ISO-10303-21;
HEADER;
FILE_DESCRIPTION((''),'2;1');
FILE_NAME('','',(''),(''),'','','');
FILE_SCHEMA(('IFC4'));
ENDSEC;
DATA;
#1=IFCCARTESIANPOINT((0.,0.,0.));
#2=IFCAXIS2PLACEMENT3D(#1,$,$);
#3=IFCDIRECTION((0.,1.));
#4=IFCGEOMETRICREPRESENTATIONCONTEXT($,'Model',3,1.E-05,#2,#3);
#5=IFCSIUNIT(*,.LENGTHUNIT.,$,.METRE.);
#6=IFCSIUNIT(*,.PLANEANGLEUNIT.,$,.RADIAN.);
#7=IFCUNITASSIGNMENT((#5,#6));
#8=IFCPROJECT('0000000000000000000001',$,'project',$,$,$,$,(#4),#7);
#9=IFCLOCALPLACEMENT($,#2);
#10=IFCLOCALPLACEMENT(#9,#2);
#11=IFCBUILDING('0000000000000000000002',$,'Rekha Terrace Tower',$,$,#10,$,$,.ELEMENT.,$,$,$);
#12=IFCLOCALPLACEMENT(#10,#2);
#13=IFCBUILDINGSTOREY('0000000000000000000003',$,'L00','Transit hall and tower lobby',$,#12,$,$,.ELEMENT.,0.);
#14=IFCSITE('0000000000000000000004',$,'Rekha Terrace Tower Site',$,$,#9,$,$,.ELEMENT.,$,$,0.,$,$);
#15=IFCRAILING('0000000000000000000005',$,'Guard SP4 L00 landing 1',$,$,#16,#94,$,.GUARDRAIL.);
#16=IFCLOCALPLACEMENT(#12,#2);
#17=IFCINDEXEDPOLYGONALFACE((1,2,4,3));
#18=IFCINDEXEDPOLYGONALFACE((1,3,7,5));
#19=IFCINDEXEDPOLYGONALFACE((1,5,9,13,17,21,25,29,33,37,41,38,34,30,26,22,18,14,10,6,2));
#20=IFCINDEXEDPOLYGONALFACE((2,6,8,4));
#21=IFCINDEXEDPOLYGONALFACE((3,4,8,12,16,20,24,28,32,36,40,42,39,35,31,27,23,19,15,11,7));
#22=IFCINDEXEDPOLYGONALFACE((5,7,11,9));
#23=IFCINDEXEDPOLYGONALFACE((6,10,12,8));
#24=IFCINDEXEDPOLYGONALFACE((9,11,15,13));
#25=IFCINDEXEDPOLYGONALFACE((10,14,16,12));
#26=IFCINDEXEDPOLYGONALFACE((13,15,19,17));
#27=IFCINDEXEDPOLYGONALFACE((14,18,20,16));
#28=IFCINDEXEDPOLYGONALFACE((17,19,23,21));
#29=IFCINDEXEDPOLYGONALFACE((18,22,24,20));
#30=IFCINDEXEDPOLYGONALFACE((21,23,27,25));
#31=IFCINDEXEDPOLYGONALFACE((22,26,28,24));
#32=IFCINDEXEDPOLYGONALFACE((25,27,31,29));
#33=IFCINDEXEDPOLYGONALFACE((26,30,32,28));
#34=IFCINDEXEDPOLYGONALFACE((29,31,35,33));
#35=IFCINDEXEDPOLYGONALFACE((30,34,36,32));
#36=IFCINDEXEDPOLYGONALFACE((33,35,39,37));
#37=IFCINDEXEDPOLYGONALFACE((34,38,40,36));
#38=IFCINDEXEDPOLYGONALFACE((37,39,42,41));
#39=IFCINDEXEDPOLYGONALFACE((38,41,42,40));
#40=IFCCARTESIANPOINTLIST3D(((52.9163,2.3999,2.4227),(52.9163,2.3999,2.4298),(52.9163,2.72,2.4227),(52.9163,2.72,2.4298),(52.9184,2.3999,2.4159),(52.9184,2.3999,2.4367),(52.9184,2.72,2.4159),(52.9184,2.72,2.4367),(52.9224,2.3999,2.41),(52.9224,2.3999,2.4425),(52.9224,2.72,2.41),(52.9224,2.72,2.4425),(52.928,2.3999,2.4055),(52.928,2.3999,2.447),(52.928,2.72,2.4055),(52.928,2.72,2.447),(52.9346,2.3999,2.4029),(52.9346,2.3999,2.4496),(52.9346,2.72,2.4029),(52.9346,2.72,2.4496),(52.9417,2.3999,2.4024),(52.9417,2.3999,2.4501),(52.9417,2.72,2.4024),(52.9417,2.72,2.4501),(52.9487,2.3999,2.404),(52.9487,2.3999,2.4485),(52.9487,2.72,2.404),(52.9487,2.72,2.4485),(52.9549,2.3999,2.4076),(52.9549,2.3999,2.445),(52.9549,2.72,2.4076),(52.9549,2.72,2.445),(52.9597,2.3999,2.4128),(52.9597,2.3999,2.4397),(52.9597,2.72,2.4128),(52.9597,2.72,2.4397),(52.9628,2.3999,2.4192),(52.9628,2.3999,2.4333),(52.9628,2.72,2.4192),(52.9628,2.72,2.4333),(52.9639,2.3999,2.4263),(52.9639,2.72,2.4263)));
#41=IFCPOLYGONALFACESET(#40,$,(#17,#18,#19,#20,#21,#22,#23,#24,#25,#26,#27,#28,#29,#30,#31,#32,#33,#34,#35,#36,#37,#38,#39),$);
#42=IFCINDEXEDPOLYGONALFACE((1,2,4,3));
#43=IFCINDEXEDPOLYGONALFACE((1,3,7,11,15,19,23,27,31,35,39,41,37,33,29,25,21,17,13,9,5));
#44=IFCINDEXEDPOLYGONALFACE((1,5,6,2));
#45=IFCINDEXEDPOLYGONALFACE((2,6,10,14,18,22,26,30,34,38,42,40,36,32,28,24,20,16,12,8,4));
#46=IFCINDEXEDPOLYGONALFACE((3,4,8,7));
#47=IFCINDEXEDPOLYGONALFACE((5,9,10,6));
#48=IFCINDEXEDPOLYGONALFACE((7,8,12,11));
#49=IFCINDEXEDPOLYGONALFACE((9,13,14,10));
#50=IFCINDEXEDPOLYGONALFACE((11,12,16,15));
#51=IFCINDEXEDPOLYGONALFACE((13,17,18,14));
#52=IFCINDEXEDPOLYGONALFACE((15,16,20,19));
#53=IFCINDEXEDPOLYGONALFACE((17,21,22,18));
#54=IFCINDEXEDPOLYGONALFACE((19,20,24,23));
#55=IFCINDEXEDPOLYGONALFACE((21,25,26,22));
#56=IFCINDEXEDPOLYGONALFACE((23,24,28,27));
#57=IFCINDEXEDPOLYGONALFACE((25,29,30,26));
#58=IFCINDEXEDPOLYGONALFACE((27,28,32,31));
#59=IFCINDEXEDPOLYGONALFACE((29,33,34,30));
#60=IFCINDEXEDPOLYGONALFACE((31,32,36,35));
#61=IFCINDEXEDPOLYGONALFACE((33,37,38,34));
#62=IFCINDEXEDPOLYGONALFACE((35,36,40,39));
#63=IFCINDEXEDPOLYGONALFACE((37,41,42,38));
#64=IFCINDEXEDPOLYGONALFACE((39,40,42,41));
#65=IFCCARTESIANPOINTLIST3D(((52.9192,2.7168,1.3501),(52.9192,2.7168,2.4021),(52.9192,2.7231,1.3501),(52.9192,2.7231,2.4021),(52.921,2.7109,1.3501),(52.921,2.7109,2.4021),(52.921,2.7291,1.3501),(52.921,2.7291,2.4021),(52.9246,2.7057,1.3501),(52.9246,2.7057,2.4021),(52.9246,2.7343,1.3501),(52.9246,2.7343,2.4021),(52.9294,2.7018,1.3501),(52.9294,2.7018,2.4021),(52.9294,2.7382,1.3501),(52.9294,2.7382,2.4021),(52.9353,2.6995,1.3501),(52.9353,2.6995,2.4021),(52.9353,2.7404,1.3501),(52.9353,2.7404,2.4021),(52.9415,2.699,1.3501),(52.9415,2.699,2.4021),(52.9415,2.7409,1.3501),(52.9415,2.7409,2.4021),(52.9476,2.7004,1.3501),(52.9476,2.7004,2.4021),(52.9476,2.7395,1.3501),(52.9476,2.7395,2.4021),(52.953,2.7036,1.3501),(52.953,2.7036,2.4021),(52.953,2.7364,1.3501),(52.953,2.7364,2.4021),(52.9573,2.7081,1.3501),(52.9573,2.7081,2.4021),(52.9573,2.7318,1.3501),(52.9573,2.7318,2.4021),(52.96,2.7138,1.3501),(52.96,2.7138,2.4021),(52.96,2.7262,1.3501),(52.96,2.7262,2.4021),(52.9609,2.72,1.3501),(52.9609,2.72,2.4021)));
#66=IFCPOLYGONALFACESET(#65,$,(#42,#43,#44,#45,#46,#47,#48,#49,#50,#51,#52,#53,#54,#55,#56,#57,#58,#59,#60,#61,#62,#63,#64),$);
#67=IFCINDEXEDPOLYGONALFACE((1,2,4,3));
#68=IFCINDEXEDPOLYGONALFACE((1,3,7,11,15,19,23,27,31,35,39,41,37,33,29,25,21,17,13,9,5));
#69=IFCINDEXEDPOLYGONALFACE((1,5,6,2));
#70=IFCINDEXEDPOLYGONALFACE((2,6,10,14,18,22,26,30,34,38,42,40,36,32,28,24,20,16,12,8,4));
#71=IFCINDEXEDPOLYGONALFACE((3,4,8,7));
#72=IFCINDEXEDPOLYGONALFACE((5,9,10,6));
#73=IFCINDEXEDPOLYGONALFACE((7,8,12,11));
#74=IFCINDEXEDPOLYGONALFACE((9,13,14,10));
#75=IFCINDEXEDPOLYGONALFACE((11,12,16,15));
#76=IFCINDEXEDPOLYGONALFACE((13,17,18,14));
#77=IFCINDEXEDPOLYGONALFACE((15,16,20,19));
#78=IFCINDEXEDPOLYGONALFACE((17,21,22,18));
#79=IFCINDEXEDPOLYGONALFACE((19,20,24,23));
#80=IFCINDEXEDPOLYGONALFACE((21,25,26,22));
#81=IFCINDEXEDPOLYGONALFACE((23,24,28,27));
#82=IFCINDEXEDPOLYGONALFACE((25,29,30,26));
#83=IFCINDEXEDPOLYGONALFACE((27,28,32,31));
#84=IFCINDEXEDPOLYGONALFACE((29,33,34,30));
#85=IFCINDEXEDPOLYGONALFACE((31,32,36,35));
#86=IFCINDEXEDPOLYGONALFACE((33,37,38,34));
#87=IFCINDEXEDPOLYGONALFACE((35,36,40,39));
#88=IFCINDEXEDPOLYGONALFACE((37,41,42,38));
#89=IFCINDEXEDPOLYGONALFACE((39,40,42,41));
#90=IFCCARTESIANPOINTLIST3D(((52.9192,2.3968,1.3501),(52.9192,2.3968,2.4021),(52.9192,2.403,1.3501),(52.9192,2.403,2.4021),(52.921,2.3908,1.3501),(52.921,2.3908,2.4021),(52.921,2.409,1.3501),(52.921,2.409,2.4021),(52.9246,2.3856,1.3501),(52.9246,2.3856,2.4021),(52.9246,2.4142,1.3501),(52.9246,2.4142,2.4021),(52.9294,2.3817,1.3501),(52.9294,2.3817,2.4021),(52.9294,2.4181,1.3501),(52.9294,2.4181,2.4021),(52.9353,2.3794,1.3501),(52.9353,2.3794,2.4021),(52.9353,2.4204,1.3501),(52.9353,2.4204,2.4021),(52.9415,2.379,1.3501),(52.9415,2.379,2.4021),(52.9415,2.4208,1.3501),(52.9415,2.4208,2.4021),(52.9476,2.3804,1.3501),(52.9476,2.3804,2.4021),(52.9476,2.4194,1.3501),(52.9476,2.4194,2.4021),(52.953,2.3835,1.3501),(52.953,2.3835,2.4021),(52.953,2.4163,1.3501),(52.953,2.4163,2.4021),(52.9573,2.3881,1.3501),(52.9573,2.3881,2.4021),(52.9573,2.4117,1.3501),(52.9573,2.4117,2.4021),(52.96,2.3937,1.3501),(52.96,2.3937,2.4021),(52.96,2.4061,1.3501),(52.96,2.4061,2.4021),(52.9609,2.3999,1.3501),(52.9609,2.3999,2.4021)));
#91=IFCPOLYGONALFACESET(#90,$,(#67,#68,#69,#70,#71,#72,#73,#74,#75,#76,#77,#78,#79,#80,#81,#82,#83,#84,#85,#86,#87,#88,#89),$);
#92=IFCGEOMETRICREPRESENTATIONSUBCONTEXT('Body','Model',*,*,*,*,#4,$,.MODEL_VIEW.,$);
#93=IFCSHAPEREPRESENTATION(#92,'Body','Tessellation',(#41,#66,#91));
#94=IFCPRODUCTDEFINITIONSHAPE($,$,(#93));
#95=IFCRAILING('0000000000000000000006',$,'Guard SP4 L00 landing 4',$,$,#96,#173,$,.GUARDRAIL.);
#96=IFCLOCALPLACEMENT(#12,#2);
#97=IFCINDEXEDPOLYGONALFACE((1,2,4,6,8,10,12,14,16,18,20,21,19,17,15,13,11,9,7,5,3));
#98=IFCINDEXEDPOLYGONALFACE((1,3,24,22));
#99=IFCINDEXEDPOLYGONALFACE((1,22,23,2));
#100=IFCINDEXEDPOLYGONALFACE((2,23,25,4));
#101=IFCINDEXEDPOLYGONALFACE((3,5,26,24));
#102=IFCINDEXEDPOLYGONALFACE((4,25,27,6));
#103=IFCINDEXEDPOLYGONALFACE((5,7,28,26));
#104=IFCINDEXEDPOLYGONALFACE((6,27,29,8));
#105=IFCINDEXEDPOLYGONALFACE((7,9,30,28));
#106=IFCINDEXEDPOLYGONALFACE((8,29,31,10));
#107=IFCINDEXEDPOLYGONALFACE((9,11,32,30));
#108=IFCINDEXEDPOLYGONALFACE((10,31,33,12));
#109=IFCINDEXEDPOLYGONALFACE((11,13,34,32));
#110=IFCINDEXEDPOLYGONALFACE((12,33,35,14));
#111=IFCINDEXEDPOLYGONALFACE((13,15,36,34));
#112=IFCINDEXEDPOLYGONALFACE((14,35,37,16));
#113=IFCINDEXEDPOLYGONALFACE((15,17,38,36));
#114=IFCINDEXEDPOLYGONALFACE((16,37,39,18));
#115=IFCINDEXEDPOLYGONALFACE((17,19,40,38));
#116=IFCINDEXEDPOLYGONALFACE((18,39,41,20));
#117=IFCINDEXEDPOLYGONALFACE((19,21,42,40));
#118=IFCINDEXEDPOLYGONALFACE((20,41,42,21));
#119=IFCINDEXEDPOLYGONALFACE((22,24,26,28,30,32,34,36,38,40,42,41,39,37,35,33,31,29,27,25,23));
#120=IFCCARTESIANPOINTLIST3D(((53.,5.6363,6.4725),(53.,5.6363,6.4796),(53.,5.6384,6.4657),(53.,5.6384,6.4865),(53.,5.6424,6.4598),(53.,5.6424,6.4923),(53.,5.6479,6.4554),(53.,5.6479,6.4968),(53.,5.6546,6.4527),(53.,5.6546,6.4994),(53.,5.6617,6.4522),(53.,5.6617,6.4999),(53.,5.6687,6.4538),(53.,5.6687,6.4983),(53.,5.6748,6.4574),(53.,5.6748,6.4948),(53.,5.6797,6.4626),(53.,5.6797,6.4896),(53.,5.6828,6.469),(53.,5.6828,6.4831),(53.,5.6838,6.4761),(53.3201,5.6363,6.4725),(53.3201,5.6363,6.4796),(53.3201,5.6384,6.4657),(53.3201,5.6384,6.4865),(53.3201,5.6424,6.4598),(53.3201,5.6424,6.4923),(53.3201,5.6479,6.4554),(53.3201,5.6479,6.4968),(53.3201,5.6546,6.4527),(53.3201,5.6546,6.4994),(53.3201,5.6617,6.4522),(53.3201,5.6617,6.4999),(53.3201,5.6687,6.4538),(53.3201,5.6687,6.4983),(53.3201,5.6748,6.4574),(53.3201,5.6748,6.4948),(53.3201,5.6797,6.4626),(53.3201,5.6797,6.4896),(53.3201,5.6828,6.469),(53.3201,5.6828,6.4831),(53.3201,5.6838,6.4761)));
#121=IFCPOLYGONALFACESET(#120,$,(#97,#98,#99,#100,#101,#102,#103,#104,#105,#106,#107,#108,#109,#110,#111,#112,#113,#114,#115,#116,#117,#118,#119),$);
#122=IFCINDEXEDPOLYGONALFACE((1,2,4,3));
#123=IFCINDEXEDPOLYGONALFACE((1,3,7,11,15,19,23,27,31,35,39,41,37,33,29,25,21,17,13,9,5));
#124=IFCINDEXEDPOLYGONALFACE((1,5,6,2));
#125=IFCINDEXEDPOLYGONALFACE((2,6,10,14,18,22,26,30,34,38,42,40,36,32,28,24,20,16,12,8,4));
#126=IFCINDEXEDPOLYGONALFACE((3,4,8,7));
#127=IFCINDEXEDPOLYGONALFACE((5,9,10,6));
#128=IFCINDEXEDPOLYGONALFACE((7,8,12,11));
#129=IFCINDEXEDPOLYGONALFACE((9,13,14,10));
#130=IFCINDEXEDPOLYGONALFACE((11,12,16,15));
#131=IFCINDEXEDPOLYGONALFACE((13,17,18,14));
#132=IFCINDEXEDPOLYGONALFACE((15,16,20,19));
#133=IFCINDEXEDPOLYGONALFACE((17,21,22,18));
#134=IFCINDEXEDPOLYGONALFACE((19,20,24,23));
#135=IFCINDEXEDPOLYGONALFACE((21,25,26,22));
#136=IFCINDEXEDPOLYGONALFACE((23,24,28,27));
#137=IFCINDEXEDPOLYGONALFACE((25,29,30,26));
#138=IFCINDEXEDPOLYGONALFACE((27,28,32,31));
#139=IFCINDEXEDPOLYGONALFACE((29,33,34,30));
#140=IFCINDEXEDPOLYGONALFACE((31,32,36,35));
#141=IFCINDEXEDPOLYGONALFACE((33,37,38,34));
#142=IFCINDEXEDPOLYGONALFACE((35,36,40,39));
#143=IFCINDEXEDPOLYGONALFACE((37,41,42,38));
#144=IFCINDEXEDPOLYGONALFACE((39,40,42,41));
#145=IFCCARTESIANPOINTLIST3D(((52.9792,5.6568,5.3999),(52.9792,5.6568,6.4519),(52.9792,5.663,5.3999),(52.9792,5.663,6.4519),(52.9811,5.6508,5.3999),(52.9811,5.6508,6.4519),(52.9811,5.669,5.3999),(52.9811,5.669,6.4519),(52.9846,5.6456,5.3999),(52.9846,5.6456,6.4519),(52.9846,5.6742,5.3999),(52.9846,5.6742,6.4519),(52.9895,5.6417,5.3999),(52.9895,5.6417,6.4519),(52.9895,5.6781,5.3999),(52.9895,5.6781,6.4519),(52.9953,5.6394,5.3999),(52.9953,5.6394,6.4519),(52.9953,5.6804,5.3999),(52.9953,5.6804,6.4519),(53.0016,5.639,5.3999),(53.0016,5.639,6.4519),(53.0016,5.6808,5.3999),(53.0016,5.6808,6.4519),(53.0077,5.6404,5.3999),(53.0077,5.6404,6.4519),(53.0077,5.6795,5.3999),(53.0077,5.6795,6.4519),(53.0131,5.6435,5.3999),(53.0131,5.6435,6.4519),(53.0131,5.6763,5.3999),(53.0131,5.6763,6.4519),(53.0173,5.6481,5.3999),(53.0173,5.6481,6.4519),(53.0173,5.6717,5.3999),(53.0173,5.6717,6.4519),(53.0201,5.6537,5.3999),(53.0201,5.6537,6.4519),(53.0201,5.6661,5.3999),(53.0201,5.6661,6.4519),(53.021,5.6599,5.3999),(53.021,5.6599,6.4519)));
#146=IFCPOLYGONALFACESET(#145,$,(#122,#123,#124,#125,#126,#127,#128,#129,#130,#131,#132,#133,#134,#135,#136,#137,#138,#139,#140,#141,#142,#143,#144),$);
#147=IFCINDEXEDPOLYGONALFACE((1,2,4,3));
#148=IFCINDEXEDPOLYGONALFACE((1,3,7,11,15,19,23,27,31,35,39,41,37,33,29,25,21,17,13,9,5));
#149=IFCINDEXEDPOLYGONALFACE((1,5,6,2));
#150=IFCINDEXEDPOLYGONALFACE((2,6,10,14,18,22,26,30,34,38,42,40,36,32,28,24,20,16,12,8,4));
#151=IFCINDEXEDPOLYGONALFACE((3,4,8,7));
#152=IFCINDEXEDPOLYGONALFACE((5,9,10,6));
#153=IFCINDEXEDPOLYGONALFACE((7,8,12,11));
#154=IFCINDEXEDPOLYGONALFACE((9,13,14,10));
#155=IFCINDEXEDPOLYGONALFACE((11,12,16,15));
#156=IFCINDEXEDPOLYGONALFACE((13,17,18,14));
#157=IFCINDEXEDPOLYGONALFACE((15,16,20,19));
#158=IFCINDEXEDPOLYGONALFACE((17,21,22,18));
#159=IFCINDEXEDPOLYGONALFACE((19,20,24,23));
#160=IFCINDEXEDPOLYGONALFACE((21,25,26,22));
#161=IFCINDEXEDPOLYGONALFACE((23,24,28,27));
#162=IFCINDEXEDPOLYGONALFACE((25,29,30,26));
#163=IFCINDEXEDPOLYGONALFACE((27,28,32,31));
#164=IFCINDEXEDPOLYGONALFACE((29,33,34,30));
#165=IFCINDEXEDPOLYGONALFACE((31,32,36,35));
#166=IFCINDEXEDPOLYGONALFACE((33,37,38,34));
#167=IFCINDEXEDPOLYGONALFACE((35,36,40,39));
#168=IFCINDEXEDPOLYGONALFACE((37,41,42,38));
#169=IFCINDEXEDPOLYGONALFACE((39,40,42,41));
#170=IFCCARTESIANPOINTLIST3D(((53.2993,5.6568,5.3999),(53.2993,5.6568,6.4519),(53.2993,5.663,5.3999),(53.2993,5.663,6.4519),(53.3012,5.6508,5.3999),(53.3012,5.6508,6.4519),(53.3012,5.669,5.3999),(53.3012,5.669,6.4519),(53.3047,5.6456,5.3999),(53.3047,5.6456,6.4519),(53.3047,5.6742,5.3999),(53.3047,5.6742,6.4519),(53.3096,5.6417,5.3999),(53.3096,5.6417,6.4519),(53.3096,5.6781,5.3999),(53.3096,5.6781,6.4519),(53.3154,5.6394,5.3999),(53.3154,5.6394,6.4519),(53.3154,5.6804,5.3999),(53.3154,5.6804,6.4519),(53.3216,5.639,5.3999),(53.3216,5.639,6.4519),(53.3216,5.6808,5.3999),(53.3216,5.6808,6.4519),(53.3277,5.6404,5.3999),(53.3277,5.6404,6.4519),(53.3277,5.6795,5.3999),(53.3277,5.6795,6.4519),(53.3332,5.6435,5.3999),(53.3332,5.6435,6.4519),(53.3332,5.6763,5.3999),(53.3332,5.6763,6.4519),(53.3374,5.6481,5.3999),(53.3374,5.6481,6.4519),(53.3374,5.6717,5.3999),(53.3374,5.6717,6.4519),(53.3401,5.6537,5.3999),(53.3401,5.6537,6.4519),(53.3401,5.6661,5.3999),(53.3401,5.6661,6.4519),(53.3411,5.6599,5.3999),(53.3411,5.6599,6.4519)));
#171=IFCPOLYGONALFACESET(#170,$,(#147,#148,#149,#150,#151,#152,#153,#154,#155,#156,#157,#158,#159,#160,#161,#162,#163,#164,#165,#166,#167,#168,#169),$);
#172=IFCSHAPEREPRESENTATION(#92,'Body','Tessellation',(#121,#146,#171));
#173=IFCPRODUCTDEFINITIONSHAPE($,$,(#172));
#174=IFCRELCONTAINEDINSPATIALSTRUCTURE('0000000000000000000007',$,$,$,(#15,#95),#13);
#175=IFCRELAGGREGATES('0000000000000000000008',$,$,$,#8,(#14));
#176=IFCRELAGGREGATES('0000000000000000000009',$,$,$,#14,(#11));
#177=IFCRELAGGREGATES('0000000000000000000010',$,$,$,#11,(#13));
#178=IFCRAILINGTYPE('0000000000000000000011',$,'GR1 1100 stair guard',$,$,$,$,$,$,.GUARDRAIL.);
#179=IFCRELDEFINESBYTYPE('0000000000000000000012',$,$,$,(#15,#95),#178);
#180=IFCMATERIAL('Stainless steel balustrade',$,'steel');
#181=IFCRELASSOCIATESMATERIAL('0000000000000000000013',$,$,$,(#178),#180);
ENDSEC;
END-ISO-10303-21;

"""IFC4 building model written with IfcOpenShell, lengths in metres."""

from ifc_helpers import new_model, si_unit, direction, frame, origin, origin_2d, place, context, subcontext, project, spatial, circle, extrude, material, type_object, element, save


model = new_model("IFC4")

# Units and contexts
model_context = context("Model", 3, precision=1e-05, world=origin(), true_north=direction((0.0, 1.0)))
body_context = subcontext(model_context, "Body", "Model", "MODEL_VIEW")
ifc_project = project(units=[si_unit("LENGTHUNIT", "METRE"), si_unit("PLANEANGLEUNIT", "RADIAN")], contexts=[model_context])

# Site, building, storey
site_placement = place(None, origin())
site = spatial("IfcSite", under=ifc_project, at=site_placement, Name="Rekha Terrace Tower Site", CompositionType="ELEMENT", RefElevation=0.0)
building_placement = place(site_placement, origin())
building = spatial("IfcBuilding", under=site, at=building_placement, Name="Rekha Terrace Tower", CompositionType="ELEMENT")
storey_placement = place(building_placement, origin())
storey = spatial("IfcBuildingStorey", under=building, at=storey_placement, Name="L00", Description="Transit hall and tower lobby", CompositionType="ELEMENT", Elevation=0.0)

# Railings
ifc_material_1 = material(Name="Stainless steel balustrade", Category="steel")
railing_type_1 = type_object("IfcRailingType", Name="GR1 1100 stair guard", PredefinedType="GUARDRAIL", material=ifc_material_1)
railing_1_placement = place(storey_placement, frame((52.9399, 2.72, 1.3501)))
element("IfcRailing", 1, at=railing_1_placement, inside=storey, type_object=railing_type_1, Name="Guard SP4 L00 landing 1", PredefinedType="GUARDRAIL", context=body_context, shape_type="SweptSolid", body=[
    extrude(circle(Radius=0.0239, at=origin_2d()), frame((0.0, 0.0, 1.0762), z_axis=(0.0, -1.0, 0.0), x_axis=(1.0, 0.0, 0.0)), (0.0, 0.0, 1.0), 0.3201),
    extrude(circle(Radius=0.021, at=origin_2d()), origin(), (0.0, 0.0, 1.0), 1.052),
    extrude(circle(Radius=0.021, at=origin_2d()), frame((0.0, -0.3201, 0.0)), (0.0, 0.0, 1.0), 1.052),
])
railing_2_placement = place(storey_placement, frame((53.0, 5.6599, 5.3999)))
element("IfcRailing", 2, at=railing_2_placement, inside=storey, type_object=railing_type_1, Name="Guard SP4 L00 landing 4", PredefinedType="GUARDRAIL", context=body_context, shape_type="SweptSolid", body=[
    extrude(circle(Radius=0.0239, at=origin_2d()), frame((0.0, 0.0, 1.0762), z_axis=(1.0, 0.0, 0.0), x_axis=(0.0, 1.0, 0.0)), (0.0, 0.0, 1.0), 0.3201),
    extrude(circle(Radius=0.021, at=origin_2d()), origin(), (0.0, 0.0, 1.0), 1.052),
    extrude(circle(Radius=0.021, at=origin_2d()), frame((0.3201, 0.0, 0.0)), (0.0, 0.0, 1.0), 1.052),
])

save(model, "model.ifc")
